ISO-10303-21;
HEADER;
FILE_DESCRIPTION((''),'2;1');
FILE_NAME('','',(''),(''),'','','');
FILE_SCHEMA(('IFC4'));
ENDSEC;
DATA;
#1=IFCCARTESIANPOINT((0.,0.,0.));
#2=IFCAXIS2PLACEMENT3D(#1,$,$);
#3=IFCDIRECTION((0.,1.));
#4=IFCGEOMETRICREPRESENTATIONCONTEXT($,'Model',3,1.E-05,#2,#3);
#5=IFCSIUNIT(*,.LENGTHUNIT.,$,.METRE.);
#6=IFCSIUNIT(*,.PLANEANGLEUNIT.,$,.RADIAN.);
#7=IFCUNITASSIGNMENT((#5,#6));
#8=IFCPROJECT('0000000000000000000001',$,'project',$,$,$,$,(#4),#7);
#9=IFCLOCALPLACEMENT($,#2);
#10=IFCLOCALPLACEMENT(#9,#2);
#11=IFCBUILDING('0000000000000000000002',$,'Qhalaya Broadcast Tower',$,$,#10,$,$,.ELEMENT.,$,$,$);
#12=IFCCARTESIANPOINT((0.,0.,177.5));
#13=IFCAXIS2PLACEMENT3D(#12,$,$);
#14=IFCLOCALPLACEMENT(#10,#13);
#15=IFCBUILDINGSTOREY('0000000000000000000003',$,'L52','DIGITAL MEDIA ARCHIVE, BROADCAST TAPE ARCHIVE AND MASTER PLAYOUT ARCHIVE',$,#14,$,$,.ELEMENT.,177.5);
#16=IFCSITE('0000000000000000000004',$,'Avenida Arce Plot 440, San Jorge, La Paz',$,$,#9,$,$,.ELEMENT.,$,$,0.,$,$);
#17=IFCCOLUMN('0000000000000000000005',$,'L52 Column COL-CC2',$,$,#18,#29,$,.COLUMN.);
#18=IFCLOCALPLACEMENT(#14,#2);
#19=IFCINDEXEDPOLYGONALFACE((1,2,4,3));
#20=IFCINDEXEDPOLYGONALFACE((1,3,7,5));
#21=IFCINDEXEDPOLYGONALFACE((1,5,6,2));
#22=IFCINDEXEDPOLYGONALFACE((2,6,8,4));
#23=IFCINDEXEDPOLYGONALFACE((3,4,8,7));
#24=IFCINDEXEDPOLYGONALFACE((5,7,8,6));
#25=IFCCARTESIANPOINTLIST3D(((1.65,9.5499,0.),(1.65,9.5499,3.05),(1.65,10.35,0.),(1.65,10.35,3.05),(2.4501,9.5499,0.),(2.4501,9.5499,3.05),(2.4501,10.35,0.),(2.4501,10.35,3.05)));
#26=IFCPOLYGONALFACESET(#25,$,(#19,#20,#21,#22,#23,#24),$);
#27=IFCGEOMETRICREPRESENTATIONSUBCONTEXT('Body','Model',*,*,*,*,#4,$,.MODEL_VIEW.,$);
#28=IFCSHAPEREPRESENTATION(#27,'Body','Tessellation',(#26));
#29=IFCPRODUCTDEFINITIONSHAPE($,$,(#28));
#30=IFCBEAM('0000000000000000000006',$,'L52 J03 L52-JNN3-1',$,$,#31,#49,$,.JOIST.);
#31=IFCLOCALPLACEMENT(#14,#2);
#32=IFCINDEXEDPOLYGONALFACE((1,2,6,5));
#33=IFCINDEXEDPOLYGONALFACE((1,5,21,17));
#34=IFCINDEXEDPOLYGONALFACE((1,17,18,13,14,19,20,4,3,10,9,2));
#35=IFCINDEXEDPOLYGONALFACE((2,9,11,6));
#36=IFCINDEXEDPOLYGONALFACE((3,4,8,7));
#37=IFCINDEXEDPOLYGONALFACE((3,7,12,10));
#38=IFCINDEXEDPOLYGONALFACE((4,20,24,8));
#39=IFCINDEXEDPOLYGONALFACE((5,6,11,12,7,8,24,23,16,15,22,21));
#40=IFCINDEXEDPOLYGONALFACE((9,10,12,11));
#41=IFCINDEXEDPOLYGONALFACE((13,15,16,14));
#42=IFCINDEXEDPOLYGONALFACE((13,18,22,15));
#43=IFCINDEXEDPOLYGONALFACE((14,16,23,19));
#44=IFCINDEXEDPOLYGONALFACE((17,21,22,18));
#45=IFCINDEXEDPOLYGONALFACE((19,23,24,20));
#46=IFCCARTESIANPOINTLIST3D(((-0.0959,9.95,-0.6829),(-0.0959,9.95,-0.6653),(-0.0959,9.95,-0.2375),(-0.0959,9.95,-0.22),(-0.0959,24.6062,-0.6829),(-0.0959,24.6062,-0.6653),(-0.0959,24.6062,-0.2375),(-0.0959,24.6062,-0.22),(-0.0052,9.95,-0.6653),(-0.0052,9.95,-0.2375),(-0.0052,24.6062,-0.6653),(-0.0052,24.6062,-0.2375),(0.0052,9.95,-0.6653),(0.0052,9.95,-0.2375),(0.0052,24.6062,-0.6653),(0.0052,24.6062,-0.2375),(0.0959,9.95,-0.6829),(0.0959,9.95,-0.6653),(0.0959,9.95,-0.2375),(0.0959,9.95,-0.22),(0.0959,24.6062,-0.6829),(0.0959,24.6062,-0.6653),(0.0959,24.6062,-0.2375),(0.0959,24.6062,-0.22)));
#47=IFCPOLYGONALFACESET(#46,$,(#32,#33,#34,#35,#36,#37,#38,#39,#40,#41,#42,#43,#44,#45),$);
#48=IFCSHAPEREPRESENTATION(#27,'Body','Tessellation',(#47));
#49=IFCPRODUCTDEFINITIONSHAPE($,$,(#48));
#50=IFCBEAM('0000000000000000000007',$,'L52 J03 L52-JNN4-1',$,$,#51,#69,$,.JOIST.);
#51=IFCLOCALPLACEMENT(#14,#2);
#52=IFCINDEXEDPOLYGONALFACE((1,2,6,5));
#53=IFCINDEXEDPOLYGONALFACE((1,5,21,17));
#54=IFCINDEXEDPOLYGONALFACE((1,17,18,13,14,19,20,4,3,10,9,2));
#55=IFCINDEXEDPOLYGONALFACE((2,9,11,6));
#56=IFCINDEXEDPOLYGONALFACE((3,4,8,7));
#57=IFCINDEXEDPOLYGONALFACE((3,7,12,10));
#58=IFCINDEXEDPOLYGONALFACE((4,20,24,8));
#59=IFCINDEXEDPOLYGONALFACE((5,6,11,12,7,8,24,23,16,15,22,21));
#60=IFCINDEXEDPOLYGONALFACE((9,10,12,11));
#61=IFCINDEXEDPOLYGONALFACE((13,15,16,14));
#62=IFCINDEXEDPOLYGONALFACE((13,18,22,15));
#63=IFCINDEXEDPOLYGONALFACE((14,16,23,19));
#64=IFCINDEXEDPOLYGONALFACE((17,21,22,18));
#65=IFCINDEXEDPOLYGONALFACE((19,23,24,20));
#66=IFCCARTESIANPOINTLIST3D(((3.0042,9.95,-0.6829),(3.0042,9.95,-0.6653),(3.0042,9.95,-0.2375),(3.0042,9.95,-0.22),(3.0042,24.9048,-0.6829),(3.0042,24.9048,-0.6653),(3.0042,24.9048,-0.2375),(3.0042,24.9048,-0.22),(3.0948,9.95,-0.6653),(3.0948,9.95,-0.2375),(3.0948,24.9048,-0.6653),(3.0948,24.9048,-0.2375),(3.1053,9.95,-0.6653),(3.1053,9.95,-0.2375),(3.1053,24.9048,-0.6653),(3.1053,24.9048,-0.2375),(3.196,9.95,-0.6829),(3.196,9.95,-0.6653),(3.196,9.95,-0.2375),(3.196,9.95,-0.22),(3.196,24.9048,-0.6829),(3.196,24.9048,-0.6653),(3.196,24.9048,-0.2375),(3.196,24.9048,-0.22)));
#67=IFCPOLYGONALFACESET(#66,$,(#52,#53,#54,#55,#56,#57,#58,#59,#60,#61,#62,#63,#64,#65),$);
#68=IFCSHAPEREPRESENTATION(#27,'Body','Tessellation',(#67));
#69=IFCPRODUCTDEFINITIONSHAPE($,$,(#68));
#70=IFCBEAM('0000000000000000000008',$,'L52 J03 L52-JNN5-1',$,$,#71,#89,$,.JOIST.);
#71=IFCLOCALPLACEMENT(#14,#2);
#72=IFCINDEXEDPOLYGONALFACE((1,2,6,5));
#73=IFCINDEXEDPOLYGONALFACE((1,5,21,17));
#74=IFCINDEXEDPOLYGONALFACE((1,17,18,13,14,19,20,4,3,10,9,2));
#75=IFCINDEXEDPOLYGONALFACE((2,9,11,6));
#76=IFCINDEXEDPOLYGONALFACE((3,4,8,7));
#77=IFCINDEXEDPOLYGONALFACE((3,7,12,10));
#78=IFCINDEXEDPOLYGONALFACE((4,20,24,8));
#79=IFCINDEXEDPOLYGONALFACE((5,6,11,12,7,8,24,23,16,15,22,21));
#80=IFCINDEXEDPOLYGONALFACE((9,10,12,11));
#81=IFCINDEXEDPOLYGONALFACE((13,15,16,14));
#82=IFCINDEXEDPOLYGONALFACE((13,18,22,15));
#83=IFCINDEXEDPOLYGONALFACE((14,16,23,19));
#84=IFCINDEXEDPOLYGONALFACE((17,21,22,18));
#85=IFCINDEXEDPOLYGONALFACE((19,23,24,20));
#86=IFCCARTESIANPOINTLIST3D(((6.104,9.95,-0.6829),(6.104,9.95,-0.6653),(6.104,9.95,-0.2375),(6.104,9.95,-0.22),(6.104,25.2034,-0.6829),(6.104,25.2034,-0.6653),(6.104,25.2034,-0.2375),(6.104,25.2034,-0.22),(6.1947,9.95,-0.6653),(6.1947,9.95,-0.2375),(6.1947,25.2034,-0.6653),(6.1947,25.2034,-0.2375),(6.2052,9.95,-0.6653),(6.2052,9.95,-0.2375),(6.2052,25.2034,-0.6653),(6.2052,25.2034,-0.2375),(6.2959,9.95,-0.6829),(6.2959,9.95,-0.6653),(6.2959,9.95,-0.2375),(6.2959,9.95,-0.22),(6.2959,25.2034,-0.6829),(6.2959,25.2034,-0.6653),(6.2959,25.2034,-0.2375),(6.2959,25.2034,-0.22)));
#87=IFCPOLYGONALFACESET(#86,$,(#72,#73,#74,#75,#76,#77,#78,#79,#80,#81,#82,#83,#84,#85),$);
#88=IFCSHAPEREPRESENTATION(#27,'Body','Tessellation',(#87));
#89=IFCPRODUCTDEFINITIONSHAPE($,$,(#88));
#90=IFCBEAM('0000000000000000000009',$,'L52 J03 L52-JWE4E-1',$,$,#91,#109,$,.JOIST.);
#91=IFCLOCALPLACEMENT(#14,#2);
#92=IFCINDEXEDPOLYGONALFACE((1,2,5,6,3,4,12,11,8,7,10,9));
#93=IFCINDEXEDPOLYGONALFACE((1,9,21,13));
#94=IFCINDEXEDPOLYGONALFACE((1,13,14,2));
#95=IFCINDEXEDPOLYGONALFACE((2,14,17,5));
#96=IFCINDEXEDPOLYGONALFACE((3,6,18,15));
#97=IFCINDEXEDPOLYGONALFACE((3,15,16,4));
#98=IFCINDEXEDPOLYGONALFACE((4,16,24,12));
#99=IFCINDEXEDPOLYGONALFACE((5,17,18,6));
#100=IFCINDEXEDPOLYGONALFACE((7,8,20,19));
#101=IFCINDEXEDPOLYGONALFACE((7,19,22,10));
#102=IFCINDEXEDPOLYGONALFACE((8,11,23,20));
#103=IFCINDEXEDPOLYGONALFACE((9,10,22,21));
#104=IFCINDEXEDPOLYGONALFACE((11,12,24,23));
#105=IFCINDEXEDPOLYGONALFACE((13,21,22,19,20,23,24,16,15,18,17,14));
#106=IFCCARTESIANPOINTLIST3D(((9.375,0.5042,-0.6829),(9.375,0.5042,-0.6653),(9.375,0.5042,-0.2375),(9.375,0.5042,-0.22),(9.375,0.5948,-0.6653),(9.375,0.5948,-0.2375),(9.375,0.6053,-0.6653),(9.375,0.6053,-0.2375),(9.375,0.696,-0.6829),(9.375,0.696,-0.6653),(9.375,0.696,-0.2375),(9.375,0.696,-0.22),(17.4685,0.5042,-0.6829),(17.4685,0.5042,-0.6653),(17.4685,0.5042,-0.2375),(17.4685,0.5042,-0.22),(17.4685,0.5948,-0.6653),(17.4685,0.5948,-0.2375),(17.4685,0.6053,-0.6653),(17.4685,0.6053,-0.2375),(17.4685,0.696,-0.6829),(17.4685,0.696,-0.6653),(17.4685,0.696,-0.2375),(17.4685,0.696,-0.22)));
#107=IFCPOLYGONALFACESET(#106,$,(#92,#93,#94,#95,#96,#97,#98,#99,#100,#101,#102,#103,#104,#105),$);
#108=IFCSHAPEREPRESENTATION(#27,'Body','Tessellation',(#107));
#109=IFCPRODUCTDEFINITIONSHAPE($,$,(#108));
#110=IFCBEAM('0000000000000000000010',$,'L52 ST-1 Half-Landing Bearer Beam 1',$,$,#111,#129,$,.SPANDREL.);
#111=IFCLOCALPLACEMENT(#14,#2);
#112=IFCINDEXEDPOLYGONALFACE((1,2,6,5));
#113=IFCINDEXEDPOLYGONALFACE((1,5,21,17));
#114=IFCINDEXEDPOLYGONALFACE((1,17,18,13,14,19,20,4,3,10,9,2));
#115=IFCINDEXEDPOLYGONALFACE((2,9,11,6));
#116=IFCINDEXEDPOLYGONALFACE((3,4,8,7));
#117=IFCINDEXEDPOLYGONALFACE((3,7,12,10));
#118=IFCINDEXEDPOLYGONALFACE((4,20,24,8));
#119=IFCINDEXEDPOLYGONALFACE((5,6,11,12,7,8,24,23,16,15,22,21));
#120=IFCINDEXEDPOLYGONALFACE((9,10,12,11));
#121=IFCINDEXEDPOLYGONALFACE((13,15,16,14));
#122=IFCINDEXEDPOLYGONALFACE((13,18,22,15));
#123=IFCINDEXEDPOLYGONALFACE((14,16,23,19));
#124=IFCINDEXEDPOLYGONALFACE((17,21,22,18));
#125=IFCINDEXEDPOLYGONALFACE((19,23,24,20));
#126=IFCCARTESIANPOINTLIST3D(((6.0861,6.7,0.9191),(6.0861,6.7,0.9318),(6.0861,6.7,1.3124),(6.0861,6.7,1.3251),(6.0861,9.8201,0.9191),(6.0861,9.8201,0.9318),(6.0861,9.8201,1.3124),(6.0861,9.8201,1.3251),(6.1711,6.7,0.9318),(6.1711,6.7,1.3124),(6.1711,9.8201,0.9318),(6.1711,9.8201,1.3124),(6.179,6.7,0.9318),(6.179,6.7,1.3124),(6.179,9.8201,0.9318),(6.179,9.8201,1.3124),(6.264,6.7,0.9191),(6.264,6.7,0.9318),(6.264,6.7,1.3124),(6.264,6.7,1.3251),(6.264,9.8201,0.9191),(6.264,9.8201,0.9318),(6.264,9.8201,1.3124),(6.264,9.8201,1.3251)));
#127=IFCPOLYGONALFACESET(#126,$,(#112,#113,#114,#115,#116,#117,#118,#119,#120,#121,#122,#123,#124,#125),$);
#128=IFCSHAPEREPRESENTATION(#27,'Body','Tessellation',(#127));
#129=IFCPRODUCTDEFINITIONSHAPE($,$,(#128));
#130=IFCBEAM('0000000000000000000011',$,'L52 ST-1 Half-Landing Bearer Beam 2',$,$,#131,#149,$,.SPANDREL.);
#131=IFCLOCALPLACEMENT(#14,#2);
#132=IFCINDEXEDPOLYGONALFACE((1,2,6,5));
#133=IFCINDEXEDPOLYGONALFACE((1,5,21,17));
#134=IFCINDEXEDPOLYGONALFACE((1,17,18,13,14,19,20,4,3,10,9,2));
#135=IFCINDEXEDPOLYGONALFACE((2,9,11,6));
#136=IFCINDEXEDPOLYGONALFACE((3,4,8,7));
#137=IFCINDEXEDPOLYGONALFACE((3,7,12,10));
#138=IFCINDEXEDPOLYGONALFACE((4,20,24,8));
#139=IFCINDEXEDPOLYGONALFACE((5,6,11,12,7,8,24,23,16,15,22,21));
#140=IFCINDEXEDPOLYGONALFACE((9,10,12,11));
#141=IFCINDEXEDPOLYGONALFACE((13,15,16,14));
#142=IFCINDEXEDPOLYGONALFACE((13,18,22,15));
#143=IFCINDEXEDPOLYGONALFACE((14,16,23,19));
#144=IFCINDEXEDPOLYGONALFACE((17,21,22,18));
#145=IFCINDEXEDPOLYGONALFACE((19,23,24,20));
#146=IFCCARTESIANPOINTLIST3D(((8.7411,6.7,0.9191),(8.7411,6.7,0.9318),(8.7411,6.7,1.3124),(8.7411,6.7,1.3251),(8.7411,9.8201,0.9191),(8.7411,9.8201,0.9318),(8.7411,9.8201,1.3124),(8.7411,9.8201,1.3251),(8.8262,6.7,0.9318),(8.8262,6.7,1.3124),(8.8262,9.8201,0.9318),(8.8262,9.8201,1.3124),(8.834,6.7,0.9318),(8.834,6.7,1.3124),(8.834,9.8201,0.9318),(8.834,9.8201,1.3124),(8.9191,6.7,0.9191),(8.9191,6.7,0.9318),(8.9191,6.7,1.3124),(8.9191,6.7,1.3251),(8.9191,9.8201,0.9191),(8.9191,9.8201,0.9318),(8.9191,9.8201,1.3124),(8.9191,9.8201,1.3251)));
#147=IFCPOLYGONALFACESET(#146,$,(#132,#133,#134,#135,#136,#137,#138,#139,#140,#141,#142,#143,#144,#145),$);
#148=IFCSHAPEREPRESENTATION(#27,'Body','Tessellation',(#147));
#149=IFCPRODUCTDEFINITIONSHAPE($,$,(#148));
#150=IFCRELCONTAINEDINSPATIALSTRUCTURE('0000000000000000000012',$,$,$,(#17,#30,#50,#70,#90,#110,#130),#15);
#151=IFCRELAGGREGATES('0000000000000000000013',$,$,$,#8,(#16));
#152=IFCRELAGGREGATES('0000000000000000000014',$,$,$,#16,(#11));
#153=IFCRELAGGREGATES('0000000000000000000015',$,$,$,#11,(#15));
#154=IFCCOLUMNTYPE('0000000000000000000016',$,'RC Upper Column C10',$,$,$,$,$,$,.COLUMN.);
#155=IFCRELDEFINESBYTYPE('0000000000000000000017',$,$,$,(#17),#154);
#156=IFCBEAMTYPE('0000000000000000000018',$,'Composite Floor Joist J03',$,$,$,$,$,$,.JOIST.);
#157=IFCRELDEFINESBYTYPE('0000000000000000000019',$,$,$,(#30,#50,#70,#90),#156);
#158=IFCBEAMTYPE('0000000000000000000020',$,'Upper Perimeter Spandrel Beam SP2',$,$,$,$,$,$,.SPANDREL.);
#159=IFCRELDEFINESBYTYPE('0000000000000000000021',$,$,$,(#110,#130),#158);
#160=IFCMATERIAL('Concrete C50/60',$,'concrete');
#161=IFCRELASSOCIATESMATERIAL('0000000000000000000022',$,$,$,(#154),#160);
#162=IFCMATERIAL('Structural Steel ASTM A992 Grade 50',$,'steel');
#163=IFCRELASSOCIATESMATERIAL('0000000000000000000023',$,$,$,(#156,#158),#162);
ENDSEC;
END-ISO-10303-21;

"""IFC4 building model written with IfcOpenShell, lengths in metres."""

from ifc_helpers import new_model, si_unit, direction, frame, origin, origin_2d, place, context, subcontext, project, spatial, rectangle, i_section, extrude, material, material_profile, profile_set, type_object, element, save


model = new_model("IFC4")

# Units and contexts
model_context = context("Model", 3, precision=1e-05, world=origin(), true_north=direction((0.0, 1.0)))
body_context = subcontext(model_context, "Body", "Model", "MODEL_VIEW")
ifc_project = project(units=[si_unit("LENGTHUNIT", "METRE"), si_unit("PLANEANGLEUNIT", "RADIAN")], contexts=[model_context])

# Site, building, storey
site_placement = place(None, origin())
site = spatial("IfcSite", under=ifc_project, at=site_placement, Name="Avenida Arce Plot 440, San Jorge, La Paz", CompositionType="ELEMENT", RefElevation=0.0)
building_placement = place(site_placement, origin())
building = spatial("IfcBuilding", under=site, at=building_placement, Name="Qhalaya Broadcast Tower", CompositionType="ELEMENT")
storey_placement = place(building_placement, frame((0.0, 0.0, 177.5)))
storey = spatial("IfcBuildingStorey", under=building, at=storey_placement, Name="L52", Description="DIGITAL MEDIA ARCHIVE, BROADCAST TAPE ARCHIVE AND MASTER PLAYOUT ARCHIVE", CompositionType="ELEMENT", Elevation=177.5)

# Column
ifc_material_1 = material(Name="Concrete C50/60", Category="concrete")
ifc_material_profile_1 = material_profile(ifc_material_1, rectangle(XDim=0.8, YDim=0.8, at=origin_2d()), Name="RC-COL 800x800")
ifc_profile_set_1 = profile_set([ifc_material_profile_1], Name="Concrete C50/60")
column_type = type_object("IfcColumnType", Name="RC Upper Column C10", PredefinedType="COLUMN", material=ifc_profile_set_1)
column_placement = place(storey_placement, frame((2.05, 9.95, 0.0), z_axis=(0.0, 0.0, 1.0), x_axis=(1.0, 0.0, 0.0)))
element("IfcColumn", 1, at=column_placement, inside=storey, type_object=column_type, Name="L52 Column COL-CC2", PredefinedType="COLUMN", context=body_context, shape_type="SweptSolid", body=[
    extrude(rectangle(XDim=0.8, YDim=0.8, at=origin_2d()), origin(), (0.0, 0.0, 1.0), 3.05),
])

# Beams
ifc_material_2 = material(Name="Structural Steel ASTM A992 Grade 50", Category="steel")
ifc_material_profile_2 = material_profile(ifc_material_2, i_section(OverallWidth=0.1919, OverallDepth=0.4629, WebThickness=0.0105, FlangeThickness=0.0176, at=origin_2d()), Name="W18X60")
ifc_profile_set_2 = profile_set([ifc_material_profile_2], Name="Structural Steel ASTM A992 Grade 50")
beam_type_1 = type_object("IfcBeamType", Name="Composite Floor Joist J03", PredefinedType="JOIST", material=ifc_profile_set_2)
beam_1_placement = place(storey_placement, frame((0.0, 9.95, -0.4514), z_axis=(0.0, 1.0, 0.0), x_axis=(-1.0, 0.0, 0.0)))
element("IfcBeam", 2, at=beam_1_placement, inside=storey, type_object=beam_type_1, Name="L52 J03 L52-JNN3-1", PredefinedType="JOIST", context=body_context, shape_type="SweptSolid", body=[
    extrude(i_section(OverallWidth=0.1919, OverallDepth=0.4629, WebThickness=0.0105, FlangeThickness=0.0176, at=origin_2d()), origin(), (0.0, 0.0, 1.0), 14.6562),
])
beam_2_placement = place(storey_placement, frame((3.1001, 9.95, -0.4514), z_axis=(0.0, 1.0, 0.0), x_axis=(-1.0, 0.0, 0.0)))
element("IfcBeam", 3, at=beam_2_placement, inside=storey, type_object=beam_type_1, Name="L52 J03 L52-JNN4-1", PredefinedType="JOIST", context=body_context, shape_type="SweptSolid", body=[
    extrude(i_section(OverallWidth=0.1919, OverallDepth=0.4629, WebThickness=0.0105, FlangeThickness=0.0176, at=origin_2d()), origin(), (0.0, 0.0, 1.0), 14.9548),
])
beam_3_placement = place(storey_placement, frame((6.2, 9.95, -0.4514), z_axis=(0.0, 1.0, 0.0), x_axis=(-1.0, 0.0, 0.0)))
element("IfcBeam", 4, at=beam_3_placement, inside=storey, type_object=beam_type_1, Name="L52 J03 L52-JNN5-1", PredefinedType="JOIST", context=body_context, shape_type="SweptSolid", body=[
    extrude(i_section(OverallWidth=0.1919, OverallDepth=0.4629, WebThickness=0.0105, FlangeThickness=0.0176, at=origin_2d()), origin(), (0.0, 0.0, 1.0), 15.2534),
])
beam_4_placement = place(storey_placement, frame((9.375, 0.6001, -0.4514), z_axis=(1.0, 0.0, 0.0), x_axis=(0.0, 1.0, 0.0)))
element("IfcBeam", 5, at=beam_4_placement, inside=storey, type_object=beam_type_1, Name="L52 J03 L52-JWE4E-1", PredefinedType="JOIST", context=body_context, shape_type="SweptSolid", body=[
    extrude(i_section(OverallWidth=0.1919, OverallDepth=0.4629, WebThickness=0.0105, FlangeThickness=0.0176, at=origin_2d()), origin(), (0.0, 0.0, 1.0), 8.0935),
])
ifc_material_profile_3 = material_profile(ifc_material_2, i_section(OverallWidth=0.178, OverallDepth=0.406, WebThickness=0.0078, FlangeThickness=0.0127, at=origin_2d()), Name="W16X40")
ifc_profile_set_3 = profile_set([ifc_material_profile_3], Name="Structural Steel ASTM A992 Grade 50")
beam_type_2 = type_object("IfcBeamType", Name="Upper Perimeter Spandrel Beam SP2", PredefinedType="SPANDREL", material=ifc_profile_set_3)
for number, where, z_axis, x_axis, name in (
    (6, (6.175, 6.7, 1.1221), (0.0, 1.0, 0.0), (-1.0, 0.0, 0.0), "L52 ST-1 Half-Landing Bearer Beam 1"),
    (7, (8.8301, 6.7, 1.1221), (0.0, 1.0, 0.0), (-1.0, 0.0, 0.0), "L52 ST-1 Half-Landing Bearer Beam 2"),
):
    element("IfcBeam", number, at=place(storey_placement, frame(where, z_axis=z_axis, x_axis=x_axis)), inside=storey, type_object=beam_type_2, Name=name, PredefinedType="SPANDREL", context=body_context, shape_type="SweptSolid", body=[
        extrude(i_section(OverallWidth=0.178, OverallDepth=0.406, WebThickness=0.0078, FlangeThickness=0.0127, at=origin_2d()), origin(), (0.0, 0.0, 1.0), 3.1201),
    ])

save(model, "model.ifc")
